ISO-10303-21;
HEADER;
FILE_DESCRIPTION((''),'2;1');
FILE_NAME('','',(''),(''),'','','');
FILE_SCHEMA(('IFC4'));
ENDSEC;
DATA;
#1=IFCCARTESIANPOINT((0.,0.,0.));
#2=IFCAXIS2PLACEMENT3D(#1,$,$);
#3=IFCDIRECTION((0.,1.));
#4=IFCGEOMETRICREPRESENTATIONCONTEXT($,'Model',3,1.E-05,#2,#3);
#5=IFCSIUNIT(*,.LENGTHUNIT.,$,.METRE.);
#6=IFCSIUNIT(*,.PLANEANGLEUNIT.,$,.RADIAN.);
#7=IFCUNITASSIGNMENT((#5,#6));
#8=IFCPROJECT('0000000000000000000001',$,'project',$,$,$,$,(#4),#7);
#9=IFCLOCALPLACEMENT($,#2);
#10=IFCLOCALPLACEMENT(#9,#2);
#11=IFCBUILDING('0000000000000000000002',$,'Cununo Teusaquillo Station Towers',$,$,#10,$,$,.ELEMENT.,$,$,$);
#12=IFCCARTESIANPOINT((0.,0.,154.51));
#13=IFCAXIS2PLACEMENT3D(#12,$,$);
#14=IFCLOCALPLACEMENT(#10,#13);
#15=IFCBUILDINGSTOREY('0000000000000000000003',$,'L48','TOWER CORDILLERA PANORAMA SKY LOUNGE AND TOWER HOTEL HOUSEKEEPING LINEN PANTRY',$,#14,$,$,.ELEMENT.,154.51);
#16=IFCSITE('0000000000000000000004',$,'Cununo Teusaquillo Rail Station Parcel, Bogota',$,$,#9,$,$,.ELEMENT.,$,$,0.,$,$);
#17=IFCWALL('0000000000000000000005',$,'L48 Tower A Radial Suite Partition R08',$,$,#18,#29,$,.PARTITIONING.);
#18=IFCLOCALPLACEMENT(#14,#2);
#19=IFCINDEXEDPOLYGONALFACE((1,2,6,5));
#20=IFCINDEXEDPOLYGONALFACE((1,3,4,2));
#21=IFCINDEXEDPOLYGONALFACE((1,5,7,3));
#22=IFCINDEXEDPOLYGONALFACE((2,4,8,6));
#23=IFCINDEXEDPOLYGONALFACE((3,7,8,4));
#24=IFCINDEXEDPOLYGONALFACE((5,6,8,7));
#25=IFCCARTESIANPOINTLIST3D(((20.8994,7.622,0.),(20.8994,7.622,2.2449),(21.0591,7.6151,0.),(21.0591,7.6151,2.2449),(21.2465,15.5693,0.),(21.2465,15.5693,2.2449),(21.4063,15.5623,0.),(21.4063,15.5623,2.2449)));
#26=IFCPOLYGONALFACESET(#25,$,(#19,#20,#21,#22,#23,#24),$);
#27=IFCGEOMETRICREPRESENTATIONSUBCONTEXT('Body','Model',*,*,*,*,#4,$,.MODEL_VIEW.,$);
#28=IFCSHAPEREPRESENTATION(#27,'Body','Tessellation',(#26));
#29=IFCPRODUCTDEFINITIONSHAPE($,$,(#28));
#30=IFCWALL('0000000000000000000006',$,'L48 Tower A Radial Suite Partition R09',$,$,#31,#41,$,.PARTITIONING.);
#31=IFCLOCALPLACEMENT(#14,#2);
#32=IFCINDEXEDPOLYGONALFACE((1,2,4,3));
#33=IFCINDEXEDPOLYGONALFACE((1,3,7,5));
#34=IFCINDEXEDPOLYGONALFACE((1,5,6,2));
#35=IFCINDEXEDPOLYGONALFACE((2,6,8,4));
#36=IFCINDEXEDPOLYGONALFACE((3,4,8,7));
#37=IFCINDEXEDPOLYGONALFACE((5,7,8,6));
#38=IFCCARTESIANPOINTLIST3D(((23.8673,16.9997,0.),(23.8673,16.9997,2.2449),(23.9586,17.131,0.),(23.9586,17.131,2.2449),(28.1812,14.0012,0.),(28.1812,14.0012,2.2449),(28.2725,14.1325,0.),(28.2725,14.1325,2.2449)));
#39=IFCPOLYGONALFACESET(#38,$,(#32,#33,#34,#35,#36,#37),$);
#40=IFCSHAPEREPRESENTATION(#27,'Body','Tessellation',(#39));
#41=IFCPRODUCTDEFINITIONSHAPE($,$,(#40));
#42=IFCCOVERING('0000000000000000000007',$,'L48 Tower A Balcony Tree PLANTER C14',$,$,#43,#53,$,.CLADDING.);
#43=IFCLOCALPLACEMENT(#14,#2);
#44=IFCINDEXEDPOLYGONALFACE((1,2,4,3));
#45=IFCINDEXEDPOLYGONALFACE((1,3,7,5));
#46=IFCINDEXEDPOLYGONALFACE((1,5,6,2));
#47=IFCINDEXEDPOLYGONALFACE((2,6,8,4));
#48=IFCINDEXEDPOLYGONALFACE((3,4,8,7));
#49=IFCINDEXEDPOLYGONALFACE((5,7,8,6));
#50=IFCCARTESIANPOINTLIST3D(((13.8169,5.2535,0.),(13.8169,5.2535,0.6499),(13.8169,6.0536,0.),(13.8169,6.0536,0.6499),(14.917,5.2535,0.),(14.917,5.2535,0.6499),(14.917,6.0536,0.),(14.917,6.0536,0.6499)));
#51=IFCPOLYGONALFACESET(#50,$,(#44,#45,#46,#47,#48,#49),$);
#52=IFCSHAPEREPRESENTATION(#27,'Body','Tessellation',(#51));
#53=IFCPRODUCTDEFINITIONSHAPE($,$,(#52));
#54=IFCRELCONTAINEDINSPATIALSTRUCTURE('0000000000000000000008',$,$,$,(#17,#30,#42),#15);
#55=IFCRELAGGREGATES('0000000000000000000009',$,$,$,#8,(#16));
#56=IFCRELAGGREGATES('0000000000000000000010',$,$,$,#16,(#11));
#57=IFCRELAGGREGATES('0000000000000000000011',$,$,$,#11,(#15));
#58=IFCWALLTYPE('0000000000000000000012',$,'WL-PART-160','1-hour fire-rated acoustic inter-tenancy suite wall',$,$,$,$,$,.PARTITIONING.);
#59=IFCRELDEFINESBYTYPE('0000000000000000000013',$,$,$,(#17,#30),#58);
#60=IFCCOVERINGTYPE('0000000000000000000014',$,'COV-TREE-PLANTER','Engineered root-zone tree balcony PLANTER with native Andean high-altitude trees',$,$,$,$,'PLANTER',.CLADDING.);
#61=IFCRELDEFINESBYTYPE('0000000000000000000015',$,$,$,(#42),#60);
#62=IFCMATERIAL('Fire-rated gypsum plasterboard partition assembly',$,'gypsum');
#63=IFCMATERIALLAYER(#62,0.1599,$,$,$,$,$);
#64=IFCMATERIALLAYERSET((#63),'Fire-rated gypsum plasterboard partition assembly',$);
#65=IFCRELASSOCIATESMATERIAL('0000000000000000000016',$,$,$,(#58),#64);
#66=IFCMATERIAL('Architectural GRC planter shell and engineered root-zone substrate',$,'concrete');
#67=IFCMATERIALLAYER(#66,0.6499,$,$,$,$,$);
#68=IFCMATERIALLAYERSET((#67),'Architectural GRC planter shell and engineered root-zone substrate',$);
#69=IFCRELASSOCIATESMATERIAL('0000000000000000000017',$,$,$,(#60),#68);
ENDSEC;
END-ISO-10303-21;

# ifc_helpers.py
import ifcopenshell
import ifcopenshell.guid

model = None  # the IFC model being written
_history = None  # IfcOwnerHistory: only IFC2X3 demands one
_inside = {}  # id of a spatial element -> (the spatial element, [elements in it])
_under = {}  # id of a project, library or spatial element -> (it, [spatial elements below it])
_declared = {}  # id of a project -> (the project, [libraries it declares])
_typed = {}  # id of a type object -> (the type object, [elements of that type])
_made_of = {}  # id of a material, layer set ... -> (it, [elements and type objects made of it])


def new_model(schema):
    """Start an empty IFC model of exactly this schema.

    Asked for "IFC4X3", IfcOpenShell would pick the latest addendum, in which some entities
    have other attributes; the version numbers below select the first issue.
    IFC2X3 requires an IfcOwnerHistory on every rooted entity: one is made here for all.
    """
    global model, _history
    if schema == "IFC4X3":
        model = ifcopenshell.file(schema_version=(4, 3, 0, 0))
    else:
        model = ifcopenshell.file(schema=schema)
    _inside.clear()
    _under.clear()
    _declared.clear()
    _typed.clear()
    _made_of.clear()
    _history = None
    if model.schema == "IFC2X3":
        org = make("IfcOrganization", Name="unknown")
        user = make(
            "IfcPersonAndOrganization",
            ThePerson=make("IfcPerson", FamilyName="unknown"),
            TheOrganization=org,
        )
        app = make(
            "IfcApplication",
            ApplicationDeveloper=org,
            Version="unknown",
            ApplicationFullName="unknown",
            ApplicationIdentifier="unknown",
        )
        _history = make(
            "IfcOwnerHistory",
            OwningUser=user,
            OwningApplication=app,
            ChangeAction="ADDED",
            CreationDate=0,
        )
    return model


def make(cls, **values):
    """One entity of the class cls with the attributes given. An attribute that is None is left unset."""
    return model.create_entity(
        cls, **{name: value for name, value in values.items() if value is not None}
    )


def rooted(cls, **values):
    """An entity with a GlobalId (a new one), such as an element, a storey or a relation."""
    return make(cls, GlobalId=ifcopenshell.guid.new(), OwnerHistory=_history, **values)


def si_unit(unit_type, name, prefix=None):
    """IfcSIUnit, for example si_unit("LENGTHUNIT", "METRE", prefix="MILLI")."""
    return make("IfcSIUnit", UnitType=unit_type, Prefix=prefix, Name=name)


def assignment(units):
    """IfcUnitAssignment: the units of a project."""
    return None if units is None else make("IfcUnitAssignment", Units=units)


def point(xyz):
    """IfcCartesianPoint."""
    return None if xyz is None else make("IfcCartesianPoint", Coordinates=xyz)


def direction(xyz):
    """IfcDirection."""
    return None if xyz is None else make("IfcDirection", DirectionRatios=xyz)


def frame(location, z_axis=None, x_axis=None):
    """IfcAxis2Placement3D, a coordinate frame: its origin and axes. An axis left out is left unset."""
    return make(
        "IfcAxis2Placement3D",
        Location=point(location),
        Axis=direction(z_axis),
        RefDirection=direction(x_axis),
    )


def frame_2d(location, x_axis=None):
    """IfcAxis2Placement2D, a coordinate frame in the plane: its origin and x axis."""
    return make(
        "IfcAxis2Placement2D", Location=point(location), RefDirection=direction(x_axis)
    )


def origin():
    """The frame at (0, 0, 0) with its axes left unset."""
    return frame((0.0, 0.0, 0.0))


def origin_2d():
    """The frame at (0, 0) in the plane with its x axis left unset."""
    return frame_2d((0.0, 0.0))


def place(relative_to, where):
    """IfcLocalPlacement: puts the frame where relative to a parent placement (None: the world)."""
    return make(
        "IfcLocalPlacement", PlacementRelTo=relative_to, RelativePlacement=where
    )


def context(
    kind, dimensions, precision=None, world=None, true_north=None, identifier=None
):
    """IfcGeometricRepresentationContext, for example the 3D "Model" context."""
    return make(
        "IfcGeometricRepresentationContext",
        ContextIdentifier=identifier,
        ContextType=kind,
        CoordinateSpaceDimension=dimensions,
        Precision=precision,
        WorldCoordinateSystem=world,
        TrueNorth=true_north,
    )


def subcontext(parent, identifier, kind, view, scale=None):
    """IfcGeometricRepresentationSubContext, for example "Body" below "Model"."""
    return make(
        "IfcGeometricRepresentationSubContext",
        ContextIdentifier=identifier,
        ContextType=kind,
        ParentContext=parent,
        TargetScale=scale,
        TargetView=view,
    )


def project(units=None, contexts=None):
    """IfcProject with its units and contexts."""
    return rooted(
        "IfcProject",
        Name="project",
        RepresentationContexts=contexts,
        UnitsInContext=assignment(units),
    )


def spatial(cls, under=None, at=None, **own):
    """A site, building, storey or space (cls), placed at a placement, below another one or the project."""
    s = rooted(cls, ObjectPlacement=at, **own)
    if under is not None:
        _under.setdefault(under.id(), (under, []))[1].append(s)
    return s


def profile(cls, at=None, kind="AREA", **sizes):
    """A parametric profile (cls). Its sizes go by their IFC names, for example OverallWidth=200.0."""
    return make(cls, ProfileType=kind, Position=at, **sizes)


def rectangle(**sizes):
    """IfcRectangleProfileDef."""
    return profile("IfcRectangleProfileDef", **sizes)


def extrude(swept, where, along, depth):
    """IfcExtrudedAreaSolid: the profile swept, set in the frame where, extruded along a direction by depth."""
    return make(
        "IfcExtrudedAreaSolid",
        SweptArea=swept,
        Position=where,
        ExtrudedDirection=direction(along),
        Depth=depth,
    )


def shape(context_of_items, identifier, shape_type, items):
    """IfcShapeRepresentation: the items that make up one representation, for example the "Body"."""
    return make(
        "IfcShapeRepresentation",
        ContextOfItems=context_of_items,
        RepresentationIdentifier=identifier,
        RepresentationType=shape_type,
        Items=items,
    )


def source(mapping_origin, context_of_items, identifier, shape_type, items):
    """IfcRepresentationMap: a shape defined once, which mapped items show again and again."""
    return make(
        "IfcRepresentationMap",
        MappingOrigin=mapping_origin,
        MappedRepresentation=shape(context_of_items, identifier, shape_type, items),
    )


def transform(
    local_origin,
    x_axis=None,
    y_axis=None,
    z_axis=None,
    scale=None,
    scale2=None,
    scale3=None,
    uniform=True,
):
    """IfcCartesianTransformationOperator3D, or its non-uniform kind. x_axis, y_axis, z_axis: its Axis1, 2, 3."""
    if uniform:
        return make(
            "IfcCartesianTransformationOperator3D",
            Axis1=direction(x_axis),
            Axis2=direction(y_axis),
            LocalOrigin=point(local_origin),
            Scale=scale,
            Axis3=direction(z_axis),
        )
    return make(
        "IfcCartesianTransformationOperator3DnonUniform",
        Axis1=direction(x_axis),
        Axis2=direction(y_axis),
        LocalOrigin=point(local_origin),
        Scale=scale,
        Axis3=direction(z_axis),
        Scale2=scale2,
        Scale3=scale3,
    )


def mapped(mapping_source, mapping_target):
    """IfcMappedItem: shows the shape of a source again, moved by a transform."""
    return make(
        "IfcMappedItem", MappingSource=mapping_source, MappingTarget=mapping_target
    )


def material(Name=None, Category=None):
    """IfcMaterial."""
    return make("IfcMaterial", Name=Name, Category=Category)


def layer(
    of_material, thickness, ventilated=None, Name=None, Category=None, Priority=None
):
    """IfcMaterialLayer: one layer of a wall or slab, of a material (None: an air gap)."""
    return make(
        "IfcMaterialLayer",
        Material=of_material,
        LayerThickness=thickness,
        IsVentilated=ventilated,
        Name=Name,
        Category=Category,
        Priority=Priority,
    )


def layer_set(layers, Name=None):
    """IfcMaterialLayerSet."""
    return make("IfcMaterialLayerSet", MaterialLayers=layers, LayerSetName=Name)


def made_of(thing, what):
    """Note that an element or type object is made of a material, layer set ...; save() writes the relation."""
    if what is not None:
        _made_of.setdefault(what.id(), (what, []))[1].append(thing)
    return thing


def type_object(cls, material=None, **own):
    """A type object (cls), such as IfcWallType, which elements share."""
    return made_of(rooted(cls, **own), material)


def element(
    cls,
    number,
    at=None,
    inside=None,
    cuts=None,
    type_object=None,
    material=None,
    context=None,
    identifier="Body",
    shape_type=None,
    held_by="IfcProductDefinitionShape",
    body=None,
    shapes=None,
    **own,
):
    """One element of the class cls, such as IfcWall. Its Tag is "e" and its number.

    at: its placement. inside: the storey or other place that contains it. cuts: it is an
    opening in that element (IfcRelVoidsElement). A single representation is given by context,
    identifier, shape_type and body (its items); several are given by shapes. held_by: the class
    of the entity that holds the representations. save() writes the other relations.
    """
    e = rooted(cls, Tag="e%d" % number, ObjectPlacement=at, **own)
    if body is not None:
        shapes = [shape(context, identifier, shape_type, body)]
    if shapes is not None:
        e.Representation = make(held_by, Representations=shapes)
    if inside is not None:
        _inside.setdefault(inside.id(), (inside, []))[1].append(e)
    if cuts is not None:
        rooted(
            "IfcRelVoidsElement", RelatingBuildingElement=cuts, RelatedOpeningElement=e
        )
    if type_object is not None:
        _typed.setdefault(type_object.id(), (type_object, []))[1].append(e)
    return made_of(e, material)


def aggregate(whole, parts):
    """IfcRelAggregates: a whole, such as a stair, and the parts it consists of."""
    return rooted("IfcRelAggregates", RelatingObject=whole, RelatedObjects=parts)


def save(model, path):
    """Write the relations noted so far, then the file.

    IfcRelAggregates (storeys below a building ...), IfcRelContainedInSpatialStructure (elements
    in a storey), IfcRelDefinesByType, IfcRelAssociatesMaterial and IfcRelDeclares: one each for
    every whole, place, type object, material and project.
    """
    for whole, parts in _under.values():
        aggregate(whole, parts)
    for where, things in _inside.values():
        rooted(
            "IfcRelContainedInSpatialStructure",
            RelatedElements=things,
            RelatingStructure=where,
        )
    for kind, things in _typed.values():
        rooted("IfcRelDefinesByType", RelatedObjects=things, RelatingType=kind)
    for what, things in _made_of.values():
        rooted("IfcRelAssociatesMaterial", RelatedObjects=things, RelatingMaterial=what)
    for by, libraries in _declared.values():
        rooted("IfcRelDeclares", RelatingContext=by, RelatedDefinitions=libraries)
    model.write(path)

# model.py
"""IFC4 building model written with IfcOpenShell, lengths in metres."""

from ifc_helpers import new_model, si_unit, direction, frame, frame_2d, origin, origin_2d, place, context, subcontext, project, spatial, rectangle, extrude, source, transform, mapped, material, layer, layer_set, type_object, element, save


model = new_model("IFC4")

# Units and contexts
model_context = context("Model", 3, precision=1e-05, world=origin(), true_north=direction((0.0, 1.0)))
body_context = subcontext(model_context, "Body", "Model", "MODEL_VIEW")
ifc_project = project(units=[si_unit("LENGTHUNIT", "METRE"), si_unit("PLANEANGLEUNIT", "RADIAN")], contexts=[model_context])

# Site, building, storey
site_placement = place(None, origin())
site = spatial("IfcSite", under=ifc_project, at=site_placement, Name="Cununo Teusaquillo Rail Station Parcel, Bogota", CompositionType="ELEMENT", RefElevation=0.0)
building_placement = place(site_placement, origin())
building = spatial("IfcBuilding", under=site, at=building_placement, Name="Cununo Teusaquillo Station Towers", CompositionType="ELEMENT")
storey_placement = place(building_placement, frame((0.0, 0.0, 154.51)))
storey = spatial("IfcBuildingStorey", under=building, at=storey_placement, Name="L48", Description="TOWER CORDILLERA PANORAMA SKY LOUNGE AND TOWER HOTEL HOUSEKEEPING LINEN PANTRY", CompositionType="ELEMENT", Elevation=154.51)

# Walls
ifc_material_1 = material(Name="Fire-rated gypsum plasterboard partition assembly", Category="gypsum")
ifc_layer_1 = layer(ifc_material_1, 0.1599)
ifc_layer_set_1 = layer_set([ifc_layer_1], Name="Fire-rated gypsum plasterboard partition assembly")
wall_type_1 = type_object("IfcWallType", Name="WL-PART-160", Description="1-hour fire-rated acoustic inter-tenancy suite wall", PredefinedType="PARTITIONING", material=ifc_layer_set_1)
wall_1_placement = place(storey_placement, frame((21.3264, 15.5659, 0.0), z_axis=(0.0, 0.0, 1.0), x_axis=(-0.043642, -0.999047, 0.0)))
element("IfcWall", 1, at=wall_1_placement, inside=storey, type_object=wall_type_1, Name="L48 Tower A Radial Suite Partition R08", PredefinedType="PARTITIONING", context=body_context, shape_type="SweptSolid", body=[
    extrude(rectangle(XDim=7.9548, YDim=0.1599, at=frame_2d((3.9775, 0.0))), origin(), (0.0, 0.0, 1.0), 2.2449),
])
wall_2_placement = place(storey_placement, frame((23.9128, 17.0654, 0.0), z_axis=(0.0, 0.0, 1.0), x_axis=(0.821127, -0.570746, 0.0)))
element("IfcWall", 2, at=wall_2_placement, inside=storey, type_object=wall_type_1, Name="L48 Tower A Radial Suite Partition R09", PredefinedType="PARTITIONING", context=body_context, shape_type="SweptSolid", body=[
    extrude(rectangle(XDim=5.2537, YDim=0.1599, at=frame_2d((2.627, 0.0))), origin(), (0.0, 0.0, 1.0), 2.2449),
])

# Covering
ifc_material_2 = material(Name="Architectural GRC planter shell and engineered root-zone substrate", Category="concrete")
ifc_layer_2 = layer(ifc_material_2, 0.6499)
ifc_layer_set_2 = layer_set([ifc_layer_2], Name="Architectural GRC planter shell and engineered root-zone substrate")
covering_type = type_object("IfcCoveringType", Name="COV-TREE-PLANTER", Description="Engineered root-zone tree balcony PLANTER with native Andean high-altitude trees", ElementType="PLANTER", PredefinedType="CLADDING", material=ifc_layer_set_2)
shared_shape_1 = source(origin(), body_context, "Body", "SweptSolid", [
    extrude(rectangle(XDim=1.1001, YDim=0.8, at=origin_2d()), origin(), (0.0, 0.0, 1.0), 0.6499),
])
covering_placement = place(storey_placement, frame((14.3669, 5.6536, 0.0), z_axis=(0.0, 0.0, 1.0), x_axis=(1.0, 0.0, 0.0)))
element("IfcCovering", 3, at=covering_placement, inside=storey, type_object=covering_type, Name="L48 Tower A Balcony Tree PLANTER C14", PredefinedType="CLADDING", context=body_context, shape_type="MappedRepresentation", body=[
    mapped(shared_shape_1, transform((0.0, 0.0, 0.0), x_axis=(1.0, 0.0, 0.0), y_axis=(0.0, 1.0, 0.0), z_axis=(0.0, 0.0, 1.0), scale=1.0)),
])

save(model, "model.ifc")
